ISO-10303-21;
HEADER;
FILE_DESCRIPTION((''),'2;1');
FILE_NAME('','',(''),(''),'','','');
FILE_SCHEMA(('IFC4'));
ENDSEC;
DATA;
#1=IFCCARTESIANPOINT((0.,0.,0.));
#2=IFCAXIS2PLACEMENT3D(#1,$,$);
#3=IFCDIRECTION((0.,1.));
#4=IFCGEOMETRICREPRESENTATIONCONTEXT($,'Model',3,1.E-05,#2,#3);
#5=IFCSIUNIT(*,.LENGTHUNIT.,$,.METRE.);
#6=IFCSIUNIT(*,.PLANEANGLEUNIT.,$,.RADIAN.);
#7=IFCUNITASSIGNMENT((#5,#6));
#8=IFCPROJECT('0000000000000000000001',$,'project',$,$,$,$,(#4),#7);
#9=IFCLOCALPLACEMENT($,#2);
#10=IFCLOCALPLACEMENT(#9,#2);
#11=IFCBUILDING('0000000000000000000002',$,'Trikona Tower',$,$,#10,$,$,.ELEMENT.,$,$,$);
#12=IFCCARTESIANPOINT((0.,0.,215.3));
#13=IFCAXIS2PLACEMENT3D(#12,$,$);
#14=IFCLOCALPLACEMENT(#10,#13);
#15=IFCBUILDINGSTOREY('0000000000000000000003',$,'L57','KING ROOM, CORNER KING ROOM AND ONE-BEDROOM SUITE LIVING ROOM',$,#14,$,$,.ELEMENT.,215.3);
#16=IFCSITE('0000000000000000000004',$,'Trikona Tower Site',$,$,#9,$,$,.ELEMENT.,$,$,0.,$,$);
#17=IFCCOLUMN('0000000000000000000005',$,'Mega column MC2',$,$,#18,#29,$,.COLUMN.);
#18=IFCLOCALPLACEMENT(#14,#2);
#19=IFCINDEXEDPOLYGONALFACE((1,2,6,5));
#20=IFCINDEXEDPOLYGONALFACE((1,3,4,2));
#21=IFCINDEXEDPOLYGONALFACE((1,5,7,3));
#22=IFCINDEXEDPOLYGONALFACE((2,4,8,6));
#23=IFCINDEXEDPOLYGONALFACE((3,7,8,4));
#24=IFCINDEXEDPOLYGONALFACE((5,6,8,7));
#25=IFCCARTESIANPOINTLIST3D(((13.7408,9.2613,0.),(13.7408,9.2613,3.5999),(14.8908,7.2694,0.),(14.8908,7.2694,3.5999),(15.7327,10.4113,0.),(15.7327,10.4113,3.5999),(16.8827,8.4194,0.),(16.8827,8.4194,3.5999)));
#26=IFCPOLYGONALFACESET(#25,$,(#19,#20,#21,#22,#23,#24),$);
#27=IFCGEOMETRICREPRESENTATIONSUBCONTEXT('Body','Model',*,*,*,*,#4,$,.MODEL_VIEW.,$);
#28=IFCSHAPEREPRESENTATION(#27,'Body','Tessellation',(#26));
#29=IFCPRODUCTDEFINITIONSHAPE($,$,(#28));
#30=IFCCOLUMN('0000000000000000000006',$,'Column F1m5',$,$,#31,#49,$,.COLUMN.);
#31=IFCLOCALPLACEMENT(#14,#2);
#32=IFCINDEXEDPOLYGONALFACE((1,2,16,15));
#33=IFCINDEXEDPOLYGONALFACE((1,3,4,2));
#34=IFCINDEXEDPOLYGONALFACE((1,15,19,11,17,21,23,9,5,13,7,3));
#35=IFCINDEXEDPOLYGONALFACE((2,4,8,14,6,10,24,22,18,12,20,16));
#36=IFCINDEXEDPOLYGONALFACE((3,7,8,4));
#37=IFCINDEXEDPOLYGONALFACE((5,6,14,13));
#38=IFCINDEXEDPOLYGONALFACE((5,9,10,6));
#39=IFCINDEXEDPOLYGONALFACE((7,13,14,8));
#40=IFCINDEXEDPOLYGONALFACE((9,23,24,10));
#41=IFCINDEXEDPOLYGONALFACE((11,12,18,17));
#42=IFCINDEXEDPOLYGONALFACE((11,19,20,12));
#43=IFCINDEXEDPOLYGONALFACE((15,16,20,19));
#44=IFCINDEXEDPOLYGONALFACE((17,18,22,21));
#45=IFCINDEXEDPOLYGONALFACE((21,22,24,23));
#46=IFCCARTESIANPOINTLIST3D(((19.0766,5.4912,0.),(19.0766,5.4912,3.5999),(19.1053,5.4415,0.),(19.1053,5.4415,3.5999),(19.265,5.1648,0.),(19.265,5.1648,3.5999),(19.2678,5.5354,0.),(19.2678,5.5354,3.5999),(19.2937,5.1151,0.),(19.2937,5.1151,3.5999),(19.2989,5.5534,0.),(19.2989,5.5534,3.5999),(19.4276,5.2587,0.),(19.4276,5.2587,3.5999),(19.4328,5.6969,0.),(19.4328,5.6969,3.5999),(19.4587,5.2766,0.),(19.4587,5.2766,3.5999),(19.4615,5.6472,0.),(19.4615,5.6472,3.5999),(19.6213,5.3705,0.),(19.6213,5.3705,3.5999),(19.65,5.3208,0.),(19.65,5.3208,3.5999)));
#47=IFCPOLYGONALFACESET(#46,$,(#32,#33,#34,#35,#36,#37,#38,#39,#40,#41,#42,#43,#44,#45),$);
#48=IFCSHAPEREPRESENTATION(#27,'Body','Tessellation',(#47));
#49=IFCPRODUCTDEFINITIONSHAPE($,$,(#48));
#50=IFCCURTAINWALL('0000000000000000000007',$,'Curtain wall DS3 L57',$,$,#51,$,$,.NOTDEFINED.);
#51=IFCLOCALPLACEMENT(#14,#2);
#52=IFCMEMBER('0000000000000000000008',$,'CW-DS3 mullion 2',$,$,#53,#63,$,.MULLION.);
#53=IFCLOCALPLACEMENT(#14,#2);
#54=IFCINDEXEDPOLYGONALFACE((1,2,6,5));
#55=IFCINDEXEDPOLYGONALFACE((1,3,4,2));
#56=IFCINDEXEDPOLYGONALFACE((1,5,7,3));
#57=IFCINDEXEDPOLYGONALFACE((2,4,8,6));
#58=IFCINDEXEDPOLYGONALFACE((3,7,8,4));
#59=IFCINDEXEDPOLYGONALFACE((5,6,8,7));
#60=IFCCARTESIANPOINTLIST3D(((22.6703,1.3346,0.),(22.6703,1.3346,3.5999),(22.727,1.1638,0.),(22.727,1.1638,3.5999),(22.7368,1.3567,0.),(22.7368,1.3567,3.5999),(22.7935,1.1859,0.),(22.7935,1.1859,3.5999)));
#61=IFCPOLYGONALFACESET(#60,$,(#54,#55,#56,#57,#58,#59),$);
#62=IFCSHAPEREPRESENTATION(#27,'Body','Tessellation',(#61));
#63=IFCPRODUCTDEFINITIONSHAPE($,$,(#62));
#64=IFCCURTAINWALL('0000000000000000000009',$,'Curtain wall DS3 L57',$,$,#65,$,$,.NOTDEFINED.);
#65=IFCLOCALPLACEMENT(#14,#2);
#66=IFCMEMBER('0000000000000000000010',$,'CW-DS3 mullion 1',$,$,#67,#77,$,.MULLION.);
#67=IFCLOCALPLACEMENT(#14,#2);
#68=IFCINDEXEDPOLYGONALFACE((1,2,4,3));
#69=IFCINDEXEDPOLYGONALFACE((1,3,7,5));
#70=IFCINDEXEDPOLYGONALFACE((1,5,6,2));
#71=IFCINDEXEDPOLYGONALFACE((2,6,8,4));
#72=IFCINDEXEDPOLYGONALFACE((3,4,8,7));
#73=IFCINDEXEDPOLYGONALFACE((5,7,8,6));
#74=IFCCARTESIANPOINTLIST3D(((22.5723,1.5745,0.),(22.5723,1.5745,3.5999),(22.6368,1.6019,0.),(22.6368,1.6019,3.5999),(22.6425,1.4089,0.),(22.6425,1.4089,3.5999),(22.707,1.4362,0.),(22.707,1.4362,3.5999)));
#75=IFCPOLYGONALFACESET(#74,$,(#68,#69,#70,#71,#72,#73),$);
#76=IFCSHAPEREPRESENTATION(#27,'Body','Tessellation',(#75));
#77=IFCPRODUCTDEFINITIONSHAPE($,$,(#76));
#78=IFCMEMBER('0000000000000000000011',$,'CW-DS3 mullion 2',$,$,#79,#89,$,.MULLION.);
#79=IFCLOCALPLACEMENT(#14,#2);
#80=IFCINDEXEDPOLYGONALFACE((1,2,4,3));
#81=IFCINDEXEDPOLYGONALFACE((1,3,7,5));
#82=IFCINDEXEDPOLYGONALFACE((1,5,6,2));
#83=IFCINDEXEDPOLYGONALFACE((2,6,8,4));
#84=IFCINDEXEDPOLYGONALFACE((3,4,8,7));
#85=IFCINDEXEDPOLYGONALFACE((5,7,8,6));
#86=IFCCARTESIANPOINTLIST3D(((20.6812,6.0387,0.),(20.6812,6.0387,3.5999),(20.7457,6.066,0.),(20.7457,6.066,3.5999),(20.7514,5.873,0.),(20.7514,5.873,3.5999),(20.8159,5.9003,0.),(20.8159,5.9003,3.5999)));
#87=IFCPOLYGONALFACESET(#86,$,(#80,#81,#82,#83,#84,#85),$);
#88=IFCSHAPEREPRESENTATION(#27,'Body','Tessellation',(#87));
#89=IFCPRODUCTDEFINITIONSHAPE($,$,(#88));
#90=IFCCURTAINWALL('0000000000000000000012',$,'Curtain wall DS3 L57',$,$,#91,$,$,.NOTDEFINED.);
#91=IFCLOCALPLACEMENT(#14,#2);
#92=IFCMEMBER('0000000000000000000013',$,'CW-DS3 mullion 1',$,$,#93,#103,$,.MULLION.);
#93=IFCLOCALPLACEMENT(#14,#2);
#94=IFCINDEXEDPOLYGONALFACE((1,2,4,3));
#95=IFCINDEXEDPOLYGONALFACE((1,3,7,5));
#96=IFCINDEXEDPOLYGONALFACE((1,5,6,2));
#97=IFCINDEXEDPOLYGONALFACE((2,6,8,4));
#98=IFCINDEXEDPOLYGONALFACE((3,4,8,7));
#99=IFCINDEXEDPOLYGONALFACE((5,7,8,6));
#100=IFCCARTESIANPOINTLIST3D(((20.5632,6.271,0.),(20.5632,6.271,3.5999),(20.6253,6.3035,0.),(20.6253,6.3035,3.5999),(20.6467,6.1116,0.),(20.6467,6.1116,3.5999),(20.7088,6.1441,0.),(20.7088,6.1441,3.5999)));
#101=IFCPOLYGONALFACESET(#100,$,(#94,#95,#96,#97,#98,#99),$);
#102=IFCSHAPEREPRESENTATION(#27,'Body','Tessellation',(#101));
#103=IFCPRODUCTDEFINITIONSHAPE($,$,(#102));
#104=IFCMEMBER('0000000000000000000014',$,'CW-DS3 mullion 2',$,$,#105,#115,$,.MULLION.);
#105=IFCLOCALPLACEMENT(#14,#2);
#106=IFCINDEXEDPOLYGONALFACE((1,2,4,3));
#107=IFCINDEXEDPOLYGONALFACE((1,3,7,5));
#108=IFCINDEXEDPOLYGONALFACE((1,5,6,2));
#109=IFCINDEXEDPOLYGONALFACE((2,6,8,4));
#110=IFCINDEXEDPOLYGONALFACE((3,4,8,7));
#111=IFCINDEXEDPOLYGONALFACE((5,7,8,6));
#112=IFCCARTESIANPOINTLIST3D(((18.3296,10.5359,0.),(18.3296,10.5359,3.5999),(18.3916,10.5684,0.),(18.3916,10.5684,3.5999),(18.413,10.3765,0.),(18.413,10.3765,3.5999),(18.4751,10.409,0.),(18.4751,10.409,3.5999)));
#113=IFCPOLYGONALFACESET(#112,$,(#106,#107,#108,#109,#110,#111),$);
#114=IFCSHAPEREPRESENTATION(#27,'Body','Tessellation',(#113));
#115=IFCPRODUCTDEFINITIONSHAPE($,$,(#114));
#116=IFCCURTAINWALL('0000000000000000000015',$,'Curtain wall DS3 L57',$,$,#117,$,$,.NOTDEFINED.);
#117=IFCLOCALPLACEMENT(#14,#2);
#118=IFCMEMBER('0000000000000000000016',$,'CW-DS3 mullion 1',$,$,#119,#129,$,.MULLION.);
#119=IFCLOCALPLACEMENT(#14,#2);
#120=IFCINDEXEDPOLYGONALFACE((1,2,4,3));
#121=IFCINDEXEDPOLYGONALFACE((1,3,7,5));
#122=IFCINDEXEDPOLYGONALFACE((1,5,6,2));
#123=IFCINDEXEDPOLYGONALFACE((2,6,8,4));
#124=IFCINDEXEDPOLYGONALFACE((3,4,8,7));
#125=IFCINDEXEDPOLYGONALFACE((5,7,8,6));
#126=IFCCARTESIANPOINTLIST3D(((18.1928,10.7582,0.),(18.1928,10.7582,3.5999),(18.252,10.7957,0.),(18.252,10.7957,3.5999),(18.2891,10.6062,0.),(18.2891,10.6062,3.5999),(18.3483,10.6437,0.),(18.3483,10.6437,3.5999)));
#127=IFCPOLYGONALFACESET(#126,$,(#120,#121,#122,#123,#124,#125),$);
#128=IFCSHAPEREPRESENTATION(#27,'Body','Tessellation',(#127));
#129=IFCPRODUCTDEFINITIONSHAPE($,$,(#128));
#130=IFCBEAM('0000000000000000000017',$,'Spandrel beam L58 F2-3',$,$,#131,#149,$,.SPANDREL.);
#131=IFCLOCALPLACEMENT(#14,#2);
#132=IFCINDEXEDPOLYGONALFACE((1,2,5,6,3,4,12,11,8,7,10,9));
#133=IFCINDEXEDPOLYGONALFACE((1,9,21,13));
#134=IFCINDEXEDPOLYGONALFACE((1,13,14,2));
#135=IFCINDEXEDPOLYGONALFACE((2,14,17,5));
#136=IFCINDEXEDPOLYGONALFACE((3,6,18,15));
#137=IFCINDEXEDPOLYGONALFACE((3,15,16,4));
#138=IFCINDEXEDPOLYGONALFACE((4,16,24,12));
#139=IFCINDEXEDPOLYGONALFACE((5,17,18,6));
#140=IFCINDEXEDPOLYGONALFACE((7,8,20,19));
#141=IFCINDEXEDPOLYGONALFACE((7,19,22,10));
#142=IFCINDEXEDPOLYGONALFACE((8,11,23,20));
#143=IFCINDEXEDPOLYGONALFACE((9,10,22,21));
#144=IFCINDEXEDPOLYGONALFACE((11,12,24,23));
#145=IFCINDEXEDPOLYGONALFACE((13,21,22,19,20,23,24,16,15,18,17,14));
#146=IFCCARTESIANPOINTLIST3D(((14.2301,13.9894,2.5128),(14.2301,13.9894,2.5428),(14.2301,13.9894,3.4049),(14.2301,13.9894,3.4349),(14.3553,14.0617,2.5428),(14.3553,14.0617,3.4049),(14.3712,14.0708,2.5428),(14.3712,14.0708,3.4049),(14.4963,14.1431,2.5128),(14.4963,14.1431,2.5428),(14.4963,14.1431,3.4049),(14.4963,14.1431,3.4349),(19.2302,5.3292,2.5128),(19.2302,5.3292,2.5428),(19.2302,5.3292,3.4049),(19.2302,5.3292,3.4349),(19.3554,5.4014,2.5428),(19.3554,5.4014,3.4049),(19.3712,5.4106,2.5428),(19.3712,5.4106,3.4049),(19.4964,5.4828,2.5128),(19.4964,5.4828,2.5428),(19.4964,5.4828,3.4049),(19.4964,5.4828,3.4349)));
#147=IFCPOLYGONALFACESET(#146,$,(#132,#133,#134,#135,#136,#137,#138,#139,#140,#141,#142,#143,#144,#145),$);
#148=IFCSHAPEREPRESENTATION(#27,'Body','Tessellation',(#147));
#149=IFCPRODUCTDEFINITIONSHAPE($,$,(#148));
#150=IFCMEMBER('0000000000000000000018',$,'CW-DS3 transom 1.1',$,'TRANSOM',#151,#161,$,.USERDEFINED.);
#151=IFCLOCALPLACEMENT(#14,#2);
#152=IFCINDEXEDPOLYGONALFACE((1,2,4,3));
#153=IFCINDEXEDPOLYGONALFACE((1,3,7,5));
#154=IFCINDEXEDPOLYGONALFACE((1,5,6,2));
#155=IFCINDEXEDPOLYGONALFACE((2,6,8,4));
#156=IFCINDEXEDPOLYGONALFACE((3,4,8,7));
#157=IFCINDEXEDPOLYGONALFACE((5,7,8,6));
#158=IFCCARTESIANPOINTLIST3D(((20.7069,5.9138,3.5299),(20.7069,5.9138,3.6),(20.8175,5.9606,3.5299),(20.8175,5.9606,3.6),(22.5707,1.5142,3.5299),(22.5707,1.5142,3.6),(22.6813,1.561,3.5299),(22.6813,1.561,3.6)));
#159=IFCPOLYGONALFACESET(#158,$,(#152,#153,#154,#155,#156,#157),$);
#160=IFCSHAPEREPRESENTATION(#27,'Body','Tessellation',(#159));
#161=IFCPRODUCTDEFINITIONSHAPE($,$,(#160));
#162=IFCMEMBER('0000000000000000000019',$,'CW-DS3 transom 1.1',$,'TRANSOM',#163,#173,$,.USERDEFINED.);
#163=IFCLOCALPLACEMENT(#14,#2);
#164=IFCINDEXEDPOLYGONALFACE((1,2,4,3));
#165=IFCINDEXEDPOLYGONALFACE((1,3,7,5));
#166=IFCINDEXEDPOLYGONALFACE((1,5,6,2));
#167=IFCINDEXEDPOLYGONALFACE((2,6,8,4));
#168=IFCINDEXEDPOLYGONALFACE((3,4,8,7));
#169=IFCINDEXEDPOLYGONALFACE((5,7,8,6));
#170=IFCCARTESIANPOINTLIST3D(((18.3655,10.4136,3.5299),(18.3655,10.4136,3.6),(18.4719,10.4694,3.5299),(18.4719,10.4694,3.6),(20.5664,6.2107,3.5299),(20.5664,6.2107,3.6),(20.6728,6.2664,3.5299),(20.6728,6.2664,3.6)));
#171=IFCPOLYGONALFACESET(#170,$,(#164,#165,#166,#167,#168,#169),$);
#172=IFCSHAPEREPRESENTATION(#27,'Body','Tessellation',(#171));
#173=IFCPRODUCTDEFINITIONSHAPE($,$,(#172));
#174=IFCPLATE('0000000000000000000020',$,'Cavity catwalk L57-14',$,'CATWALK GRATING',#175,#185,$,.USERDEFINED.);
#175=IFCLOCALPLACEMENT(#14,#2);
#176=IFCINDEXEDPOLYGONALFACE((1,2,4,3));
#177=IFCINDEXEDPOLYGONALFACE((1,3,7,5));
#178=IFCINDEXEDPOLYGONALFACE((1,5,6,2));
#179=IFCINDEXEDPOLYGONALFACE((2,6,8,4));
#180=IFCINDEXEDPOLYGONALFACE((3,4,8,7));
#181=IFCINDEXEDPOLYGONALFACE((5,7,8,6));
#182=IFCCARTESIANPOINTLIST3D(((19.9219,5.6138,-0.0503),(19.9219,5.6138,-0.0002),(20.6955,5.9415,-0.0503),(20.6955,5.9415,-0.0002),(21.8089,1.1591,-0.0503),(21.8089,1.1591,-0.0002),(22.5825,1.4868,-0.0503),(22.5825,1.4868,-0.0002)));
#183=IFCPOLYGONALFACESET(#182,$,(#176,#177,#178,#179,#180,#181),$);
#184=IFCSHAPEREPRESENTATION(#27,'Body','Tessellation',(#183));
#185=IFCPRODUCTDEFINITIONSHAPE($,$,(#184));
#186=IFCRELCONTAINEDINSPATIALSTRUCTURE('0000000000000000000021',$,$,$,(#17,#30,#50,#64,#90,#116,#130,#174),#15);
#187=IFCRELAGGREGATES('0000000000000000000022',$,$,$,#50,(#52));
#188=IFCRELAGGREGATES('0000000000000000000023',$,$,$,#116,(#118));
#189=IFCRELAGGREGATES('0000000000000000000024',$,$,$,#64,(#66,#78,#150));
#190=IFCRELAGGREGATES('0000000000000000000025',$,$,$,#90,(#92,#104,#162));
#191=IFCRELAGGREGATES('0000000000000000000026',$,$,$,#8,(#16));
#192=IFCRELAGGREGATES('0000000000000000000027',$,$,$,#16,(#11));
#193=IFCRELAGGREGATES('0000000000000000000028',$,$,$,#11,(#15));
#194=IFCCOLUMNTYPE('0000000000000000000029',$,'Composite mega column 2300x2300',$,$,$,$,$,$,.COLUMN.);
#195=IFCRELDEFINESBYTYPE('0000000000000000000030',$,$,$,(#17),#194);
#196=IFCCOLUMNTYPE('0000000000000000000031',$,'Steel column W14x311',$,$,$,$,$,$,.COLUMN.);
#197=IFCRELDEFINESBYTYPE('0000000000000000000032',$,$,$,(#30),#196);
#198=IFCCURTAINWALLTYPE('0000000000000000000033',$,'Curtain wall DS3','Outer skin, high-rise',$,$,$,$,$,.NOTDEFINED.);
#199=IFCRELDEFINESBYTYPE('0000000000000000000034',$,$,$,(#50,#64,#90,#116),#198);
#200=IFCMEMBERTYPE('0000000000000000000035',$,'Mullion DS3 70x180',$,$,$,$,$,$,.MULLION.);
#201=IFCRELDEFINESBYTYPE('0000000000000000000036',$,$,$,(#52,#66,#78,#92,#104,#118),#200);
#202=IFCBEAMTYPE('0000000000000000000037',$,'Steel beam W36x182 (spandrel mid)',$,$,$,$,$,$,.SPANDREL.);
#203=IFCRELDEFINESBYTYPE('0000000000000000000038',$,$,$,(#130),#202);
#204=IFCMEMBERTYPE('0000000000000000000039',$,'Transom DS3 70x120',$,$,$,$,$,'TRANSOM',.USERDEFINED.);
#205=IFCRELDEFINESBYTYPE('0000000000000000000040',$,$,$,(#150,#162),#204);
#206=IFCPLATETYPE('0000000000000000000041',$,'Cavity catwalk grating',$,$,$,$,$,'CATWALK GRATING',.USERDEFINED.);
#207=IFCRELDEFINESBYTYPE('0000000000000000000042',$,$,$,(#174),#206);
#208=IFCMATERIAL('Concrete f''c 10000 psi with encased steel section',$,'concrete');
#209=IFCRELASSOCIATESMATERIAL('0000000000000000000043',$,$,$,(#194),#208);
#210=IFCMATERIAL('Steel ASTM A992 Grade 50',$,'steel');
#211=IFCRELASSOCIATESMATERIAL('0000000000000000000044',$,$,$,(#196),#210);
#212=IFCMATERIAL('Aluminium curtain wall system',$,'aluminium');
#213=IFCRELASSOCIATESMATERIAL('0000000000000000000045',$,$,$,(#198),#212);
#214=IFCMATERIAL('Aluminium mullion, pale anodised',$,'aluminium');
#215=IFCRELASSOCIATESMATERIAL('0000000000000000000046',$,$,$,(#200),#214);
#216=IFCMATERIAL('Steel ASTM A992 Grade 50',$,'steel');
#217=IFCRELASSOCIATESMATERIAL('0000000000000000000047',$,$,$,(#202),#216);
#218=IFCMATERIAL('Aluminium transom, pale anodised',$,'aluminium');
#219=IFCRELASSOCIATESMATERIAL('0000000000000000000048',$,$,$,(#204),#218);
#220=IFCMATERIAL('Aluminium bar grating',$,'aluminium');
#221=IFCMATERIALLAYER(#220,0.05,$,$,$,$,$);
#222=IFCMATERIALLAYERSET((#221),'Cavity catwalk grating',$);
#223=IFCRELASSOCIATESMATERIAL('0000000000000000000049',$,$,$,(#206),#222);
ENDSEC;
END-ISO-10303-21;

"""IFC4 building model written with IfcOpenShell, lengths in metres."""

from ifc_helpers import new_model, si_unit, direction, frame, origin, origin_2d, place, context, subcontext, project, spatial, rectangle, i_section, extrude, material, layer, layer_set, material_profile, profile_set, type_object, element, aggregate, save


model = new_model("IFC4")

# Units and contexts
model_context = context("Model", 3, precision=1e-05, world=origin(), true_north=direction((0.0, 1.0)))
body_context = subcontext(model_context, "Body", "Model", "MODEL_VIEW")
ifc_project = project(units=[si_unit("LENGTHUNIT", "METRE"), si_unit("PLANEANGLEUNIT", "RADIAN")], contexts=[model_context])

# Site, building, storey
site_placement = place(None, origin())
site = spatial("IfcSite", under=ifc_project, at=site_placement, Name="Trikona Tower Site", CompositionType="ELEMENT", RefElevation=0.0)
building_placement = place(site_placement, origin())
building = spatial("IfcBuilding", under=site, at=building_placement, Name="Trikona Tower", CompositionType="ELEMENT")
storey_placement = place(building_placement, frame((0.0, 0.0, 215.3)))
storey = spatial("IfcBuildingStorey", under=building, at=storey_placement, Name="L57", Description="KING ROOM, CORNER KING ROOM AND ONE-BEDROOM SUITE LIVING ROOM", CompositionType="ELEMENT", Elevation=215.3)

# Columns
ifc_material_1 = material(Name="Concrete f'c 10000 psi with encased steel section", Category="concrete")
ifc_material_profile_1 = material_profile(ifc_material_1, rectangle(XDim=2.3, YDim=2.3, at=origin_2d()), Name="MC2300")
ifc_profile_set_1 = profile_set([ifc_material_profile_1], Name="Concrete f'c 10000 psi with encased steel section")
column_type_1 = type_object("IfcColumnType", Name="Composite mega column 2300x2300", PredefinedType="COLUMN", material=ifc_profile_set_1)
column_1_placement = place(storey_placement, frame((15.3118, 8.8403, 0.0), z_axis=(0.0, 0.0, 1.0), x_axis=(0.866025, 0.5, 0.0)))
element("IfcColumn", 1, at=column_1_placement, inside=storey, type_object=column_type_1, Name="Mega column MC2", PredefinedType="COLUMN", context=body_context, shape_type="SweptSolid", body=[
    extrude(rectangle(XDim=2.3, YDim=2.3, at=origin_2d()), origin(), (0.0, 0.0, 1.0), 3.5999),
])
ifc_material_2 = material(Name="Steel ASTM A992 Grade 50", Category="steel")
ifc_material_profile_2 = material_profile(ifc_material_2, i_section(OverallWidth=0.4114, OverallDepth=0.4343, WebThickness=0.0359, FlangeThickness=0.0574, at=origin_2d()), Name="W14X311")
ifc_profile_set_2 = profile_set([ifc_material_profile_2], Name="Steel ASTM A992 Grade 50")
column_type_2 = type_object("IfcColumnType", Name="Steel column W14x311", PredefinedType="COLUMN", material=ifc_profile_set_2)
column_2_placement = place(storey_placement, frame((19.3633, 5.406, 0.0), z_axis=(0.0, 0.0, 1.0), x_axis=(0.866025, 0.5, 0.0)))
element("IfcColumn", 2, at=column_2_placement, inside=storey, type_object=column_type_2, Name="Column F1m5", PredefinedType="COLUMN", context=body_context, shape_type="SweptSolid", body=[
    extrude(i_section(OverallWidth=0.4114, OverallDepth=0.4343, WebThickness=0.0359, FlangeThickness=0.0574, at=origin_2d()), origin(), (0.0, 0.0, 1.0), 3.5999),
])

# Curtain wall, member
ifc_material_3 = material(Name="Aluminium curtain wall system", Category="aluminium")
curtain_wall_type = type_object("IfcCurtainWallType", Name="Curtain wall DS3", Description="Outer skin, high-rise", PredefinedType="NOTDEFINED", material=ifc_material_3)
curtain_wall_1_placement = place(storey_placement, origin())
curtain_wall_1 = element("IfcCurtainWall", 3, at=curtain_wall_1_placement, inside=storey, type_object=curtain_wall_type, Name="Curtain wall DS3 L57", PredefinedType="NOTDEFINED")
ifc_material_4 = material(Name="Aluminium mullion, pale anodised", Category="aluminium")
ifc_material_profile_3 = material_profile(ifc_material_4, rectangle(XDim=0.0701, YDim=0.1799, at=origin_2d()), Name="MUL-DS3")
ifc_profile_set_3 = profile_set([ifc_material_profile_3], Name="Aluminium mullion, pale anodised")
member_type_1 = type_object("IfcMemberType", Name="Mullion DS3 70x180", PredefinedType="MULLION", material=ifc_profile_set_3)
member_1_placement = place(storey_placement, frame((22.7319, 1.2603, 0.0), z_axis=(0.0, 0.0, 1.0), x_axis=(-0.949066, -0.315078, 0.0)))
member_1 = element("IfcMember", 4, at=member_1_placement, type_object=member_type_1, Name="CW-DS3 mullion 2", PredefinedType="MULLION", context=body_context, shape_type="SweptSolid", body=[
    extrude(rectangle(XDim=0.0701, YDim=0.1799, at=origin_2d()), origin(), (0.0, 0.0, 1.0), 3.5999),
])
aggregate(curtain_wall_1, [member_1])

# Curtain walls, members
curtain_wall_2_placement = place(storey_placement, origin())
curtain_wall_2 = element("IfcCurtainWall", 5, at=curtain_wall_2_placement, inside=storey, type_object=curtain_wall_type, Name="Curtain wall DS3 L57", PredefinedType="NOTDEFINED")
member_2_placement = place(storey_placement, frame((22.6396, 1.5054, 0.0), z_axis=(0.0, 0.0, 1.0), x_axis=(-0.920792, -0.390053, 0.0)))
member_2 = element("IfcMember", 6, at=member_2_placement, type_object=member_type_1, Name="CW-DS3 mullion 1", PredefinedType="MULLION", context=body_context, shape_type="SweptSolid", body=[
    extrude(rectangle(XDim=0.0701, YDim=0.1799, at=origin_2d()), origin(), (0.0, 0.0, 1.0), 3.5999),
])
member_3_placement = place(storey_placement, frame((20.7485, 5.9695, 0.0), z_axis=(0.0, 0.0, 1.0), x_axis=(-0.920792, -0.390053, 0.0)))
member_3 = element("IfcMember", 7, at=member_3_placement, type_object=member_type_1, Name="CW-DS3 mullion 2", PredefinedType="MULLION", context=body_context, shape_type="SweptSolid", body=[
    extrude(rectangle(XDim=0.0701, YDim=0.1799, at=origin_2d()), origin(), (0.0, 0.0, 1.0), 3.5999),
])
curtain_wall_3_placement = place(storey_placement, origin())
curtain_wall_3 = element("IfcCurtainWall", 8, at=curtain_wall_3_placement, inside=storey, type_object=curtain_wall_type, Name="Curtain wall DS3 L57", PredefinedType="NOTDEFINED")
member_4_placement = place(storey_placement, frame((20.636, 6.2075, 0.0), z_axis=(0.0, 0.0, 1.0), x_axis=(-0.885862, -0.463948, 0.0)))
member_4 = element("IfcMember", 9, at=member_4_placement, type_object=member_type_1, Name="CW-DS3 mullion 1", PredefinedType="MULLION", context=body_context, shape_type="SweptSolid", body=[
    extrude(rectangle(XDim=0.0701, YDim=0.1799, at=origin_2d()), origin(), (0.0, 0.0, 1.0), 3.5999),
])
member_5_placement = place(storey_placement, frame((18.4023, 10.4724, 0.0), z_axis=(0.0, 0.0, 1.0), x_axis=(-0.885862, -0.463948, 0.0)))
member_5 = element("IfcMember", 10, at=member_5_placement, type_object=member_type_1, Name="CW-DS3 mullion 2", PredefinedType="MULLION", context=body_context, shape_type="SweptSolid", body=[
    extrude(rectangle(XDim=0.0701, YDim=0.1799, at=origin_2d()), origin(), (0.0, 0.0, 1.0), 3.5999),
])

# Curtain wall, member
curtain_wall_4_placement = place(storey_placement, origin())
curtain_wall_4 = element("IfcCurtainWall", 11, at=curtain_wall_4_placement, inside=storey, type_object=curtain_wall_type, Name="Curtain wall DS3 L57", PredefinedType="NOTDEFINED")
member_6_placement = place(storey_placement, frame((18.2705, 10.7009, 0.0), z_axis=(0.0, 0.0, 1.0), x_axis=(-0.844727, -0.535197, 0.0)))
member_6 = element("IfcMember", 12, at=member_6_placement, type_object=member_type_1, Name="CW-DS3 mullion 1", PredefinedType="MULLION", context=body_context, shape_type="SweptSolid", body=[
    extrude(rectangle(XDim=0.0701, YDim=0.1799, at=origin_2d()), origin(), (0.0, 0.0, 1.0), 3.5999),
])
aggregate(curtain_wall_4, [member_6])

# Beam
ifc_material_5 = material(Name="Steel ASTM A992 Grade 50", Category="steel")
ifc_material_profile_4 = material_profile(ifc_material_5, i_section(OverallWidth=0.3074, OverallDepth=0.9221, WebThickness=0.0183, FlangeThickness=0.03, at=origin_2d()), Name="W36X182")
ifc_profile_set_4 = profile_set([ifc_material_profile_4], Name="Steel ASTM A992 Grade 50")
beam_type = type_object("IfcBeamType", Name="Steel beam W36x182 (spandrel mid)", PredefinedType="SPANDREL", material=ifc_profile_set_4)
beam_placement = place(storey_placement, frame((19.3633, 5.406, 2.9739), z_axis=(-0.500004, 0.866023, 0.0), x_axis=(-0.866023, -0.500004, 0.0)))
element("IfcBeam", 13, at=beam_placement, inside=storey, type_object=beam_type, Name="Spandrel beam L58 F2-3", PredefinedType="SPANDREL", context=body_context, shape_type="SweptSolid", body=[
    extrude(i_section(OverallWidth=0.3074, OverallDepth=0.9221, WebThickness=0.0183, FlangeThickness=0.03, at=origin_2d()), origin(), (0.0, 0.0, 1.0), 10.0),
])

# Members
ifc_material_6 = material(Name="Aluminium transom, pale anodised", Category="aluminium")
ifc_material_profile_5 = material_profile(ifc_material_6, rectangle(XDim=0.1201, YDim=0.0701, at=origin_2d()), Name="TRN-DS3")
ifc_profile_set_5 = profile_set([ifc_material_profile_5], Name="Aluminium transom, pale anodised")
member_type_2 = type_object("IfcMemberType", Name="Transom DS3 70x120", ElementType="TRANSOM", PredefinedType="USERDEFINED", material=ifc_profile_set_5)
member_7_placement = place(storey_placement, frame((22.626, 1.5376, 3.5649), z_axis=(-0.390062, 0.920789, 0.0), x_axis=(-0.920789, -0.390062, 0.0)))
member_7 = element("IfcMember", 14, at=member_7_placement, type_object=member_type_2, Name="CW-DS3 transom 1.1", ObjectType="TRANSOM", PredefinedType="USERDEFINED", context=body_context, shape_type="SweptSolid", body=[
    extrude(rectangle(XDim=0.1201, YDim=0.0701, at=origin_2d()), origin(), (0.0, 0.0, 1.0), 4.7781),
])
member_8_placement = place(storey_placement, frame((20.6196, 6.2385, 3.5649), z_axis=(-0.463911, 0.885882, 0.0), x_axis=(-0.885882, -0.463911, 0.0)))
member_8 = element("IfcMember", 15, at=member_8_placement, type_object=member_type_2, Name="CW-DS3 transom 1.1", ObjectType="TRANSOM", PredefinedType="USERDEFINED", context=body_context, shape_type="SweptSolid", body=[
    extrude(rectangle(XDim=0.1201, YDim=0.0701, at=origin_2d()), origin(), (0.0, 0.0, 1.0), 4.7444),
])

# Plate
ifc_material_7 = material(Name="Aluminium bar grating", Category="aluminium")
ifc_layer_1 = layer(ifc_material_7, 0.05)
ifc_layer_set_1 = layer_set([ifc_layer_1], Name="Cavity catwalk grating")
plate_type_1 = type_object("IfcPlateType", Name="Cavity catwalk grating", ElementType="CATWALK GRATING", PredefinedType="USERDEFINED", material=ifc_layer_set_1)
plate_1_placement = place(storey_placement, frame((21.2522, 3.5503, -0.0503), z_axis=(0.0, 0.0, 1.0), x_axis=(-0.390051, 0.920793, 0.0)))
element("IfcPlate", 16, at=plate_1_placement, inside=storey, type_object=plate_type_1, Name="Cavity catwalk L57-14", ObjectType="CATWALK GRATING", PredefinedType="USERDEFINED", context=body_context, shape_type="SweptSolid", body=[
    extrude(rectangle(XDim=4.8379, YDim=0.8401, at=origin_2d()), origin(), (0.0, 0.0, 1.0), 0.05),
])

aggregate(curtain_wall_2, [member_2, member_3, member_7])
aggregate(curtain_wall_3, [member_4, member_5, member_8])

save(model, "model.ifc")
